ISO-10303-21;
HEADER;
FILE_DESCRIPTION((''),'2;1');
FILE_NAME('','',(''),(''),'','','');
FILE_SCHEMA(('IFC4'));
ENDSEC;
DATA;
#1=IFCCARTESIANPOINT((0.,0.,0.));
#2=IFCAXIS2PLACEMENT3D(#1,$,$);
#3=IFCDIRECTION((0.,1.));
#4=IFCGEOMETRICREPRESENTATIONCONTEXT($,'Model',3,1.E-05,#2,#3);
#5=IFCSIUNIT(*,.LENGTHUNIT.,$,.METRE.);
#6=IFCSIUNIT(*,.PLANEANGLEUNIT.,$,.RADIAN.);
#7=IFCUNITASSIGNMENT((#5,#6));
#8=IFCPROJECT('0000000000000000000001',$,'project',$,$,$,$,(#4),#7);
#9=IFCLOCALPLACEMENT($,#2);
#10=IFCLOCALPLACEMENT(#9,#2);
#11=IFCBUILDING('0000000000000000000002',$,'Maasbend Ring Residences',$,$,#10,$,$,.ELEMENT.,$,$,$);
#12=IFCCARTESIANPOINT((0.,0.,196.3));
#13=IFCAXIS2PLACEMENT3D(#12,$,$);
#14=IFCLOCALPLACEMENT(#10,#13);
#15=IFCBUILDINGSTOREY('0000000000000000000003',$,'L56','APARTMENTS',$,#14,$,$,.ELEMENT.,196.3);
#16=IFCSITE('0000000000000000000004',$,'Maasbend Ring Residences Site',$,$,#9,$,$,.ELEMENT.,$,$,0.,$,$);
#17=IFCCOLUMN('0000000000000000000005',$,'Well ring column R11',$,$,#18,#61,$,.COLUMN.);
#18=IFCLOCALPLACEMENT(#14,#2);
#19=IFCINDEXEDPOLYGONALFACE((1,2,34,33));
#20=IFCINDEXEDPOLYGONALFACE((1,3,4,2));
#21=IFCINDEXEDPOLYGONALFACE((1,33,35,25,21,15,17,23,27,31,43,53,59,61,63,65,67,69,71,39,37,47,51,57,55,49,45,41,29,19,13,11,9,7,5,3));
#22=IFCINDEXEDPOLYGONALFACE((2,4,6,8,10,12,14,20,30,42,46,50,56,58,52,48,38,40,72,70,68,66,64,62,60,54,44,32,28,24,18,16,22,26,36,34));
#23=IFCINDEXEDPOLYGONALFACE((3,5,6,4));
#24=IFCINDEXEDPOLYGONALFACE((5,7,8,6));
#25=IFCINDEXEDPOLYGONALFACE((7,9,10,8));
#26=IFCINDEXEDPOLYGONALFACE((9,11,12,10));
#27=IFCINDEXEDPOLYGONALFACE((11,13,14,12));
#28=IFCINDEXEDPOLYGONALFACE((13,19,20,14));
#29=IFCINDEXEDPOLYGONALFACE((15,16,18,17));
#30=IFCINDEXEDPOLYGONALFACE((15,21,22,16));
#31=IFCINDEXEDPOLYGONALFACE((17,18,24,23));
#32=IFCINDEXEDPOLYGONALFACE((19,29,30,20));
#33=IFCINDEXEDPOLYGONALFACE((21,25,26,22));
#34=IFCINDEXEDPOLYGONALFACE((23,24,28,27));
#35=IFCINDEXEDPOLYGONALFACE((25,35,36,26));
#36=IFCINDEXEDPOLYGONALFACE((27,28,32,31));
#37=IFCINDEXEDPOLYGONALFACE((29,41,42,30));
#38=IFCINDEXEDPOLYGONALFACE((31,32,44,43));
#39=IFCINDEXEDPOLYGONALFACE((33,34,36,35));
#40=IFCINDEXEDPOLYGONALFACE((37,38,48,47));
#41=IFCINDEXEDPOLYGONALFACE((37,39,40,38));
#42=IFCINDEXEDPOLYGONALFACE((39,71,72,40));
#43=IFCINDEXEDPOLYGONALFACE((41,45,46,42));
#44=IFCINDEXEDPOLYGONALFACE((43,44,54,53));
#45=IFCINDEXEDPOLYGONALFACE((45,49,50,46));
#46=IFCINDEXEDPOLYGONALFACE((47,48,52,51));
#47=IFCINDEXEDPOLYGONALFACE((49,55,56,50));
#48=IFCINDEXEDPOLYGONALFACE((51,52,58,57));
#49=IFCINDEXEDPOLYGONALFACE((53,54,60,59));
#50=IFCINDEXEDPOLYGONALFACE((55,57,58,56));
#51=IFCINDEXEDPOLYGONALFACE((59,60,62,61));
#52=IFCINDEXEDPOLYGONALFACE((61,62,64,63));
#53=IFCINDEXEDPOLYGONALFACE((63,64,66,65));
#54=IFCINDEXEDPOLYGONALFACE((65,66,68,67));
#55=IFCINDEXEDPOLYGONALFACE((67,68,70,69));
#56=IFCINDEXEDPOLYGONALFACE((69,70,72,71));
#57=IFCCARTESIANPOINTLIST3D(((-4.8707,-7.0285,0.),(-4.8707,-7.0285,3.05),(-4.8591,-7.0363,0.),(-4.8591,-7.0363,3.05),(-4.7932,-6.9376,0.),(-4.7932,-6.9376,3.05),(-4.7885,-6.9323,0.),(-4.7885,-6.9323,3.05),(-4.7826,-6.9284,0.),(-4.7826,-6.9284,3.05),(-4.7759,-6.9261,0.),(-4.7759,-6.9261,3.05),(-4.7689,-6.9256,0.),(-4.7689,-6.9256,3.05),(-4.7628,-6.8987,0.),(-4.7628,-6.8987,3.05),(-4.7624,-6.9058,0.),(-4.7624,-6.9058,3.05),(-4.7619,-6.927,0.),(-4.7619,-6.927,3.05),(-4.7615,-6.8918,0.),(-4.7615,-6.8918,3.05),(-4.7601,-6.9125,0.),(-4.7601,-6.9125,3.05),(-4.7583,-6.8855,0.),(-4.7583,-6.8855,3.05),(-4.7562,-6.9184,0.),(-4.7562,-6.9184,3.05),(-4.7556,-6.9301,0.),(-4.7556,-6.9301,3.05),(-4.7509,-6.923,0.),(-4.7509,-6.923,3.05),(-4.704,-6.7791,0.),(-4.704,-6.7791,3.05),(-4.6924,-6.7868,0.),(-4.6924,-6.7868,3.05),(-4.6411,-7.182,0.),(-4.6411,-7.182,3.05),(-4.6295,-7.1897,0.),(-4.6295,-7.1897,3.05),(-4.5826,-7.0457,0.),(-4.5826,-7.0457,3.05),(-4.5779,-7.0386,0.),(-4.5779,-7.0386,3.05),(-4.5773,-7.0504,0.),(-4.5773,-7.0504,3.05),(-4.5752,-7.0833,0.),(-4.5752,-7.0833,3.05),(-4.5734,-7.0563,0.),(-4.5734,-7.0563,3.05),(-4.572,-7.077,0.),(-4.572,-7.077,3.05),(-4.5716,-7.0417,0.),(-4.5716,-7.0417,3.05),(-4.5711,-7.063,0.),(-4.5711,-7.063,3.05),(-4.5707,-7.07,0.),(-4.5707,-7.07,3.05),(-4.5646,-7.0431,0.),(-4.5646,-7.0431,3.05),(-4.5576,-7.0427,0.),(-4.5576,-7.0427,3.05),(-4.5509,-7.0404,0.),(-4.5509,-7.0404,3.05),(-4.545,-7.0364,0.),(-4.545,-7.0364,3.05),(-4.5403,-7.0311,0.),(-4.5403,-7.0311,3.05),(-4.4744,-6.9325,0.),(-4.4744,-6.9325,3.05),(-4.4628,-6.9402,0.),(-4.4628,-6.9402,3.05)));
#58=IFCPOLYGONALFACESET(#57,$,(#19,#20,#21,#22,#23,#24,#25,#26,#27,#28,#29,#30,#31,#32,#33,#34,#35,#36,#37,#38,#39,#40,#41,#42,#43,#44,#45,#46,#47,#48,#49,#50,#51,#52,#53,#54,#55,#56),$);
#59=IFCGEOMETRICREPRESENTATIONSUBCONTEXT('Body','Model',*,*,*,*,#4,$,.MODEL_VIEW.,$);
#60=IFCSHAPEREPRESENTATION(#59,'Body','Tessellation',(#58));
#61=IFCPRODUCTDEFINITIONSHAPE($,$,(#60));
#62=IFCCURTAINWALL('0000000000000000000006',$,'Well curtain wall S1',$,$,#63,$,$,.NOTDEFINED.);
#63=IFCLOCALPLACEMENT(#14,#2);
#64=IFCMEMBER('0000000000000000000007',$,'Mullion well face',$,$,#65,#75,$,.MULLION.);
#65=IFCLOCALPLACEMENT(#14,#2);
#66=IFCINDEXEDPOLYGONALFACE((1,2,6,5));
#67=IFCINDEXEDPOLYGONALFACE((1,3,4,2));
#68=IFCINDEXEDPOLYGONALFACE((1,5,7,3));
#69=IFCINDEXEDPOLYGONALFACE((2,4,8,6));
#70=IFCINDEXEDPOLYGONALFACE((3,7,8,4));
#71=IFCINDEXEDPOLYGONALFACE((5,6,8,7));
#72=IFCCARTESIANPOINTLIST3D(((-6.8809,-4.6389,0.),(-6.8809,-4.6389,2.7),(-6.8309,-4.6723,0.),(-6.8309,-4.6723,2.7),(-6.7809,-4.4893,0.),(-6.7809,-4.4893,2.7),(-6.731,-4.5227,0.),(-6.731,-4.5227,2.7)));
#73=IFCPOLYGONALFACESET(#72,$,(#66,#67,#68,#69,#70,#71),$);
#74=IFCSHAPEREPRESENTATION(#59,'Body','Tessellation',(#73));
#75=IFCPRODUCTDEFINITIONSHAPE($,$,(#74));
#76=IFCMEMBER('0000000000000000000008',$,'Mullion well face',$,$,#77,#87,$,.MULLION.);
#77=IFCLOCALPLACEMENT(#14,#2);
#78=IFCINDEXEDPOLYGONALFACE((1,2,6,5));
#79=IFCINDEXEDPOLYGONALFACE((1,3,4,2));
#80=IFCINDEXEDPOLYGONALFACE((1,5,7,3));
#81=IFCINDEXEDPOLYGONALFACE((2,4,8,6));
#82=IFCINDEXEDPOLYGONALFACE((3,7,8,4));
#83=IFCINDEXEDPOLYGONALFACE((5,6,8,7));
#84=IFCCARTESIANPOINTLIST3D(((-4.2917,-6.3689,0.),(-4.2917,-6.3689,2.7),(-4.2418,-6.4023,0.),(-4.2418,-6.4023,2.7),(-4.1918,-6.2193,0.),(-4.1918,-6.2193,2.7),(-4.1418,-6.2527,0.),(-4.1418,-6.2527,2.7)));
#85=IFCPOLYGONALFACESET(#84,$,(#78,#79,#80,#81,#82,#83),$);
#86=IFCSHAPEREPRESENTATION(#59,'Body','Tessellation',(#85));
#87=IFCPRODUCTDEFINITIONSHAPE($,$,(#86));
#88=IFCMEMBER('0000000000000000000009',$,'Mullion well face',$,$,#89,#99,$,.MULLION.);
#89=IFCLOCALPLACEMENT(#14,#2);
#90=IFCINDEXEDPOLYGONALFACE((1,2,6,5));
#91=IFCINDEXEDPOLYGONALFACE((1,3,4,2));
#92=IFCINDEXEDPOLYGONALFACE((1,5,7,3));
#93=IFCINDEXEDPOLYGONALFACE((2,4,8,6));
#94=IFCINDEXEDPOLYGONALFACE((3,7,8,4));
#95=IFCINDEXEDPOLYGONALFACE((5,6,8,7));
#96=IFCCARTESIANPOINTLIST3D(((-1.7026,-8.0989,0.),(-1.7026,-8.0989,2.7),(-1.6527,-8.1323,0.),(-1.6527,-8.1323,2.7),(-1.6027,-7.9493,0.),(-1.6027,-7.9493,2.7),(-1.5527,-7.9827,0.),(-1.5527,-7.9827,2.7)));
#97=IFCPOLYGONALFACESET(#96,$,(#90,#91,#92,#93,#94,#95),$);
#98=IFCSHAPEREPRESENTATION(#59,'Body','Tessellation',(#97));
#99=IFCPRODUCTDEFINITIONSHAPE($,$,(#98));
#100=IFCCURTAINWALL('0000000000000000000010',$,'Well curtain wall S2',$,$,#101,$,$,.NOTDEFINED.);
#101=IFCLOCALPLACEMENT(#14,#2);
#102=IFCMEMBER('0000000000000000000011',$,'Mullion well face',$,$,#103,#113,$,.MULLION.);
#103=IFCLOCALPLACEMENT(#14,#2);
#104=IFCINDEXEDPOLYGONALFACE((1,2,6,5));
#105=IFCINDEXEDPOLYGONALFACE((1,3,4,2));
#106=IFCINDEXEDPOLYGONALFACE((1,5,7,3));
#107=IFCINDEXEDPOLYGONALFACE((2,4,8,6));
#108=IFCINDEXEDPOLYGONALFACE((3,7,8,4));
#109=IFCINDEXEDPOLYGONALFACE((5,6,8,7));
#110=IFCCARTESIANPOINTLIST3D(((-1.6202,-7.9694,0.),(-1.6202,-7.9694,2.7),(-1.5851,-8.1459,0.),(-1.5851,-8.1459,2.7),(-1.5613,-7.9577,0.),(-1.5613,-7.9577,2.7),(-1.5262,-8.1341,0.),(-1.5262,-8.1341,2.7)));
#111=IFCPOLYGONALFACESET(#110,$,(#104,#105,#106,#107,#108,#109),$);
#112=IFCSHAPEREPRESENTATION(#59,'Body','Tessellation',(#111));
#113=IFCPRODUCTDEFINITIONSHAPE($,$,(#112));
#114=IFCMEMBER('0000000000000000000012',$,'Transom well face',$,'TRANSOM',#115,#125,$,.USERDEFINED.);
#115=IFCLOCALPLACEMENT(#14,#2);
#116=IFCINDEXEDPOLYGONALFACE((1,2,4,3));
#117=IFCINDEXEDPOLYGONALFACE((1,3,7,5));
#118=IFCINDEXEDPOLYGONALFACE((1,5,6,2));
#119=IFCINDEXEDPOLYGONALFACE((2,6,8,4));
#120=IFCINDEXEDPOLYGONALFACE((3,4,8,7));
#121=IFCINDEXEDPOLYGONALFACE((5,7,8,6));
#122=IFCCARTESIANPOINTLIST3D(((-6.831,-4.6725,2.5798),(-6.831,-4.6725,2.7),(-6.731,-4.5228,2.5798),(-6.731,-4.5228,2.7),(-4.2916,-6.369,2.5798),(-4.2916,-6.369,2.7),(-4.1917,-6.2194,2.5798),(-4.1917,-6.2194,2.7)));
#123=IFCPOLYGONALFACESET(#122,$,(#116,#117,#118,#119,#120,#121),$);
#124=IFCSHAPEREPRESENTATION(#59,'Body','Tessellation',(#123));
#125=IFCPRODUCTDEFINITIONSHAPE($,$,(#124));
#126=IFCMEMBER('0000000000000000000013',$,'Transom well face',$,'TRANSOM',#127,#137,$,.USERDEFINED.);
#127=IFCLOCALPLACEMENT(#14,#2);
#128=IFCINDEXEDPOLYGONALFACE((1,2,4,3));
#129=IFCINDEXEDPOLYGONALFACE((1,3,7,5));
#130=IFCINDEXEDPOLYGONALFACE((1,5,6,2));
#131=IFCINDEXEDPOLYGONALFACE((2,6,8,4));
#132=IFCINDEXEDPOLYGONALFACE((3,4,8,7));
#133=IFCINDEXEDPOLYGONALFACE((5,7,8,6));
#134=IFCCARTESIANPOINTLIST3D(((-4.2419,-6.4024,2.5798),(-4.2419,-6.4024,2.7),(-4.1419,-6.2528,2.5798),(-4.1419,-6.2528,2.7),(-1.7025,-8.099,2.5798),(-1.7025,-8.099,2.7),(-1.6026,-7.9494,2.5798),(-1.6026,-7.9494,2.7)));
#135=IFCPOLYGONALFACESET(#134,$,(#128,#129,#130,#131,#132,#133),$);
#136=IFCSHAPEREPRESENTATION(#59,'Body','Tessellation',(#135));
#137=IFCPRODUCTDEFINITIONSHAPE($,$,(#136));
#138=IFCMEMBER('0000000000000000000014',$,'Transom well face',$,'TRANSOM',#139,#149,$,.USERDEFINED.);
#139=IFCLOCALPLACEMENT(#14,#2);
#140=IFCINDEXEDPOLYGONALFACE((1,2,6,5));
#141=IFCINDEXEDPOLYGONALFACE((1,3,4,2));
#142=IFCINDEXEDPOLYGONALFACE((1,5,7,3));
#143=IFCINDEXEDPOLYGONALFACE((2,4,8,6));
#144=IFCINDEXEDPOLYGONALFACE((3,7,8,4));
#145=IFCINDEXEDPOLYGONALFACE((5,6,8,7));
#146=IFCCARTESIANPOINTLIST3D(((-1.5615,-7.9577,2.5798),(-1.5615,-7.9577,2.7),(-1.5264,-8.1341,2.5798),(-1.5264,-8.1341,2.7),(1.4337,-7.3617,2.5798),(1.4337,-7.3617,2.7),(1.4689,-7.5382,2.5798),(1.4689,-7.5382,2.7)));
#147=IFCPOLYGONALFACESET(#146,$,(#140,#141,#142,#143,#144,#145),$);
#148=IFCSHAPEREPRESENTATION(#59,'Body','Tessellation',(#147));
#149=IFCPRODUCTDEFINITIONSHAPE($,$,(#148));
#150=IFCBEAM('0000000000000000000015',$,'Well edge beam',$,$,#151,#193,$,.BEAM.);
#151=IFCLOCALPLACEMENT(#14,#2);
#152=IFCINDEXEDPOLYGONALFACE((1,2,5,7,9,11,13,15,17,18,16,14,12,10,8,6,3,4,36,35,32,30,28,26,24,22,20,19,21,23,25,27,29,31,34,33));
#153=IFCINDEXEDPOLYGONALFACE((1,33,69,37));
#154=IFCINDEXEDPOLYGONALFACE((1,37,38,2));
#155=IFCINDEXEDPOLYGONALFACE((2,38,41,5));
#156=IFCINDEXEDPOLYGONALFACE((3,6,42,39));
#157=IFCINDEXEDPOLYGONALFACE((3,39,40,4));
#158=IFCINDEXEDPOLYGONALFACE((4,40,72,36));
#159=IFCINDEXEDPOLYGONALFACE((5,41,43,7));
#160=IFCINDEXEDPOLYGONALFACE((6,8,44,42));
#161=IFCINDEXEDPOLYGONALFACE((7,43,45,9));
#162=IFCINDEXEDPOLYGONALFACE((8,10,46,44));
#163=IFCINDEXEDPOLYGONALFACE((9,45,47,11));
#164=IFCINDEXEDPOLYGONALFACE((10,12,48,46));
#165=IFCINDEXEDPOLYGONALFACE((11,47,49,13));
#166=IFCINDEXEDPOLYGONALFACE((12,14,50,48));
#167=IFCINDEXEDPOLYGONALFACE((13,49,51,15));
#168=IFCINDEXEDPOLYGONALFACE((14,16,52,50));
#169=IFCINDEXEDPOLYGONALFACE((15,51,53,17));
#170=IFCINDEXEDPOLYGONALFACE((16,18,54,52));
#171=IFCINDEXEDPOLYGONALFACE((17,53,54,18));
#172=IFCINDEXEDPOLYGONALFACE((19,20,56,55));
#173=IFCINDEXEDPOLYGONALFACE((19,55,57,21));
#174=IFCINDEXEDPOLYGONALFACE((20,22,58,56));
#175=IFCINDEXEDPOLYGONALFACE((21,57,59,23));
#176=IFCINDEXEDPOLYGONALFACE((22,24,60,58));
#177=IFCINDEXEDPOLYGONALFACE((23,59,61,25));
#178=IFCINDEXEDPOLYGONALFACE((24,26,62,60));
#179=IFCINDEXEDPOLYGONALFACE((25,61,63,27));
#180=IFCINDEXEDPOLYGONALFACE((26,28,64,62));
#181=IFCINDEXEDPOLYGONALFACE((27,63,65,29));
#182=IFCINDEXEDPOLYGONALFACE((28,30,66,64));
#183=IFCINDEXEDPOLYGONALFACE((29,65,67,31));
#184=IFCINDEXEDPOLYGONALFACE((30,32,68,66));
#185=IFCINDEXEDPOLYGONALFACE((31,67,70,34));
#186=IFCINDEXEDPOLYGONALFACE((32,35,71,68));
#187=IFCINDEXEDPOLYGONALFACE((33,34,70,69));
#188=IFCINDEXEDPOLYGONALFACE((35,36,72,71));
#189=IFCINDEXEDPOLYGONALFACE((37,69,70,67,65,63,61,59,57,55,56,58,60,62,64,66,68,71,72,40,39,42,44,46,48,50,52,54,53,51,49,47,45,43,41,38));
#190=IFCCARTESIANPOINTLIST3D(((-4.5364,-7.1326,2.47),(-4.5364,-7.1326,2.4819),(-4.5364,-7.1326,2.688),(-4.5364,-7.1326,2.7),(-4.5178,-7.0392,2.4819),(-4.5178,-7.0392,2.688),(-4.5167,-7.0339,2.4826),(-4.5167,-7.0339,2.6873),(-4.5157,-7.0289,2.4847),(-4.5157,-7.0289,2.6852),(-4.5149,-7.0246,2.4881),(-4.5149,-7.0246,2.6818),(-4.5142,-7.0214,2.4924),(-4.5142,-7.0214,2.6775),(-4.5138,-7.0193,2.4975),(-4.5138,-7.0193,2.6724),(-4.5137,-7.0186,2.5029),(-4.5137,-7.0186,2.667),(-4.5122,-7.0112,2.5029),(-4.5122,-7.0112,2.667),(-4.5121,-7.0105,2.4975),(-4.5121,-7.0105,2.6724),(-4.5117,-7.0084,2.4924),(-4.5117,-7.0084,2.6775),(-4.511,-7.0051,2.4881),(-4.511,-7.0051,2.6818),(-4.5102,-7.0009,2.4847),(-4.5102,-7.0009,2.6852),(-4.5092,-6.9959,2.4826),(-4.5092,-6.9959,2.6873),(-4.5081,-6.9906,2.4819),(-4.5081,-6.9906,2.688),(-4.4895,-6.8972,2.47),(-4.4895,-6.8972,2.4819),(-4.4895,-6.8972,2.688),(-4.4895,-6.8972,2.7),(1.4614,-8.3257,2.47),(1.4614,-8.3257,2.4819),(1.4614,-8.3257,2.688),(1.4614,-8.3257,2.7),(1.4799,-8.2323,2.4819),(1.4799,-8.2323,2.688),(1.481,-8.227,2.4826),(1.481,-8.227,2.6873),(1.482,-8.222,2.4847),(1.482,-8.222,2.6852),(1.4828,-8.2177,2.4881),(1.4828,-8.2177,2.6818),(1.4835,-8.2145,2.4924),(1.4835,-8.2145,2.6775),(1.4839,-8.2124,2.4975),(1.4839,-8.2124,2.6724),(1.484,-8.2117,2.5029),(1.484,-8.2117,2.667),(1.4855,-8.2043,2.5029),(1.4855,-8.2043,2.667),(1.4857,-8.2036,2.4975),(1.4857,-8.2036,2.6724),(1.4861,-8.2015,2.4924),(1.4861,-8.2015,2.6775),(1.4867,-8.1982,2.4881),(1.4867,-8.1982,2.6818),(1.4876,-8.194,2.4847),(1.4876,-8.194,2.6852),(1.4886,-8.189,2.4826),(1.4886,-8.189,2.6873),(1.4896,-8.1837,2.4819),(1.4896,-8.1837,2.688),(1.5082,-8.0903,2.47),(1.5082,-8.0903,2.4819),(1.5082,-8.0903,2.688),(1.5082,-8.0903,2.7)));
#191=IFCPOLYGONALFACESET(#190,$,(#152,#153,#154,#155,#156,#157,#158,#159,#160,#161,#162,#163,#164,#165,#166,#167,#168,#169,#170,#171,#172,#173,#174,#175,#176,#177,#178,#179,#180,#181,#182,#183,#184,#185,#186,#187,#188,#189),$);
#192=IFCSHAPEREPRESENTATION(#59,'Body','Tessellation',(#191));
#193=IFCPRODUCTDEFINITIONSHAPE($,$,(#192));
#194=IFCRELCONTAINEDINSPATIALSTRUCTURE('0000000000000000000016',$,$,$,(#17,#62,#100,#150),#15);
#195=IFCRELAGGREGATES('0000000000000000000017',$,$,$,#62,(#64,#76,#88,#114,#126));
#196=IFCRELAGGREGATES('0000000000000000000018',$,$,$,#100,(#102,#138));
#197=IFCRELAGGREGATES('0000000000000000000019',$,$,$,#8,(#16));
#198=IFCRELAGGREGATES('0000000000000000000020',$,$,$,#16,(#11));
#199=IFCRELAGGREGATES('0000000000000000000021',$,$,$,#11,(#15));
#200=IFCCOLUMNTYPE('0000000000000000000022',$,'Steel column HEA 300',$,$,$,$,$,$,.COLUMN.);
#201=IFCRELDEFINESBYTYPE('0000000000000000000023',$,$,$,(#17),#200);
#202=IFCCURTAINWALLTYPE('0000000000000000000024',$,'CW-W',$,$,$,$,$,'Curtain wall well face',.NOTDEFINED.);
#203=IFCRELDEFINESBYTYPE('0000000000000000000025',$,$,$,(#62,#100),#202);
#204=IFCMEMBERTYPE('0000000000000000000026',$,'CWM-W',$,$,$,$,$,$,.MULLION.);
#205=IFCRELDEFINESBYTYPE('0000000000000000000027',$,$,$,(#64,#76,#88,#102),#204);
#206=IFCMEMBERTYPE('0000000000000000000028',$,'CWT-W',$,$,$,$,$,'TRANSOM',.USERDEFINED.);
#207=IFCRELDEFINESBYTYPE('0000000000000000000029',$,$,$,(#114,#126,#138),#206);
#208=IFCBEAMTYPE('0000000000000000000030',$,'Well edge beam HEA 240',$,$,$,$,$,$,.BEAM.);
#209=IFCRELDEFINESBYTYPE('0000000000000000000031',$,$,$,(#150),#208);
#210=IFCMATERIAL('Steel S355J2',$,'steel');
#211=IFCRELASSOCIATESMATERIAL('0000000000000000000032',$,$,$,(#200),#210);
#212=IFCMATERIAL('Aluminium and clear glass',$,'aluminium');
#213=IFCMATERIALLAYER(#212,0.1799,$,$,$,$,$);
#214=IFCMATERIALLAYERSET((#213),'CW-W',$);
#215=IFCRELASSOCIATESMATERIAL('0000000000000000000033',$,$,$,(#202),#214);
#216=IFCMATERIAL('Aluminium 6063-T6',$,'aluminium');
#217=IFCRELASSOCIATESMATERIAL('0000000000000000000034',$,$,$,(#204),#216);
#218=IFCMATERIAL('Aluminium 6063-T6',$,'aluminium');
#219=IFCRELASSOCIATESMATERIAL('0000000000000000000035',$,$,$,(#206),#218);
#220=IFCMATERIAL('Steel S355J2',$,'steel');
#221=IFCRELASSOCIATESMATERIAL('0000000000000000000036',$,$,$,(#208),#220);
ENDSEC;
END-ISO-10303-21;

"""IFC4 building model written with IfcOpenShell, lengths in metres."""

from ifc_helpers import new_model, si_unit, direction, frame, origin, origin_2d, place, context, subcontext, project, spatial, rectangle, i_section, extrude, material, layer, layer_set, material_profile, profile_set, type_object, element, aggregate, save


model = new_model("IFC4")

# Units and contexts
model_context = context("Model", 3, precision=1e-05, world=origin(), true_north=direction((0.0, 1.0)))
body_context = subcontext(model_context, "Body", "Model", "MODEL_VIEW")
ifc_project = project(units=[si_unit("LENGTHUNIT", "METRE"), si_unit("PLANEANGLEUNIT", "RADIAN")], contexts=[model_context])

# Site, building, storey
site_placement = place(None, origin())
site = spatial("IfcSite", under=ifc_project, at=site_placement, Name="Maasbend Ring Residences Site", CompositionType="ELEMENT", RefElevation=0.0)
building_placement = place(site_placement, origin())
building = spatial("IfcBuilding", under=site, at=building_placement, Name="Maasbend Ring Residences", CompositionType="ELEMENT")
storey_placement = place(building_placement, frame((0.0, 0.0, 196.3)))
storey = spatial("IfcBuildingStorey", under=building, at=storey_placement, Name="L56", Description="APARTMENTS", CompositionType="ELEMENT", Elevation=196.3)

# Column
ifc_material_1 = material(Name="Steel S355J2", Category="steel")
ifc_material_profile_1 = material_profile(ifc_material_1, i_section(OverallWidth=0.3, OverallDepth=0.29, WebThickness=0.0085, FlangeThickness=0.0139, FilletRadius=0.0271, at=origin_2d()), Name="HEA 300")
ifc_profile_set_1 = profile_set([ifc_material_profile_1], Name="Steel S355J2")
column_type = type_object("IfcColumnType", Name="Steel column HEA 300", PredefinedType="COLUMN", material=ifc_profile_set_1)
column_placement = place(storey_placement, frame((-4.6667, -6.9844, 0.0), z_axis=(0.0, 0.0, 1.0), x_axis=(-0.55557, -0.83147, 0.0)))
element("IfcColumn", 1, at=column_placement, inside=storey, type_object=column_type, Name="Well ring column R11", PredefinedType="COLUMN", context=body_context, shape_type="SweptSolid", body=[
    extrude(i_section(OverallWidth=0.3, OverallDepth=0.29, WebThickness=0.0085, FlangeThickness=0.0139, FilletRadius=0.0271, at=origin_2d()), origin(), (0.0, 0.0, 1.0), 3.05),
])

# Curtain wall, members
ifc_material_2 = material(Name="Aluminium and clear glass", Category="aluminium")
ifc_layer_1 = layer(ifc_material_2, 0.1799)
ifc_layer_set_1 = layer_set([ifc_layer_1], Name="CW-W")
curtain_wall_type = type_object("IfcCurtainWallType", Name="CW-W", ElementType="Curtain wall well face", PredefinedType="NOTDEFINED", material=ifc_layer_set_1)
curtain_wall_1_placement = place(storey_placement, origin())
curtain_wall_1 = element("IfcCurtainWall", 2, at=curtain_wall_1_placement, inside=storey, type_object=curtain_wall_type, Name="Well curtain wall S1", PredefinedType="NOTDEFINED")
ifc_material_3 = material(Name="Aluminium 6063-T6", Category="aluminium")
ifc_material_profile_2 = material_profile(ifc_material_3, rectangle(XDim=0.1799, YDim=0.0601, at=origin_2d()), Name="AL 180x60")
ifc_profile_set_2 = profile_set([ifc_material_profile_2], Name="Aluminium 6063-T6")
member_type_1 = type_object("IfcMemberType", Name="CWM-W", PredefinedType="MULLION", material=ifc_profile_set_2)
member_1_placement = place(storey_placement, frame((-6.8059, -4.5808, 0.0), z_axis=(0.0, 0.0, 1.0), x_axis=(0.55557, 0.83147, 0.0)))
member_1 = element("IfcMember", 3, at=member_1_placement, type_object=member_type_1, Name="Mullion well face", PredefinedType="MULLION", context=body_context, shape_type="SweptSolid", body=[
    extrude(rectangle(XDim=0.1799, YDim=0.0601, at=origin_2d()), origin(), (0.0, 0.0, 1.0), 2.7),
])
member_2_placement = place(storey_placement, frame((-4.2168, -6.3108, 0.0), z_axis=(0.0, 0.0, 1.0), x_axis=(0.55557, 0.83147, 0.0)))
member_2 = element("IfcMember", 4, at=member_2_placement, type_object=member_type_1, Name="Mullion well face", PredefinedType="MULLION", context=body_context, shape_type="SweptSolid", body=[
    extrude(rectangle(XDim=0.1799, YDim=0.0601, at=origin_2d()), origin(), (0.0, 0.0, 1.0), 2.7),
])
member_3_placement = place(storey_placement, frame((-1.6277, -8.0408, 0.0), z_axis=(0.0, 0.0, 1.0), x_axis=(0.55557, 0.83147, 0.0)))
member_3 = element("IfcMember", 5, at=member_3_placement, type_object=member_type_1, Name="Mullion well face", PredefinedType="MULLION", context=body_context, shape_type="SweptSolid", body=[
    extrude(rectangle(XDim=0.1799, YDim=0.0601, at=origin_2d()), origin(), (0.0, 0.0, 1.0), 2.7),
])

# Curtain wall, member
curtain_wall_2_placement = place(storey_placement, origin())
curtain_wall_2 = element("IfcCurtainWall", 6, at=curtain_wall_2_placement, inside=storey, type_object=curtain_wall_type, Name="Well curtain wall S2", PredefinedType="NOTDEFINED")
member_4_placement = place(storey_placement, frame((-1.5732, -8.0518, 0.0), z_axis=(0.0, 0.0, 1.0), x_axis=(-0.19509, 0.980785, 0.0)))
member_4 = element("IfcMember", 7, at=member_4_placement, type_object=member_type_1, Name="Mullion well face", PredefinedType="MULLION", context=body_context, shape_type="SweptSolid", body=[
    extrude(rectangle(XDim=0.1799, YDim=0.0601, at=origin_2d()), origin(), (0.0, 0.0, 1.0), 2.7),
])

# Members
ifc_material_4 = material(Name="Aluminium 6063-T6", Category="aluminium")
ifc_material_profile_3 = material_profile(ifc_material_4, rectangle(XDim=0.1799, YDim=0.1201, at=origin_2d()), Name="AL 180x120")
ifc_profile_set_3 = profile_set([ifc_material_profile_3], Name="Aluminium 6063-T6")
member_type_2 = type_object("IfcMemberType", Name="CWT-W", ElementType="TRANSOM", PredefinedType="USERDEFINED", material=ifc_profile_set_3)
member_5_placement = place(storey_placement, frame((-6.781, -4.5977, 2.6399), z_axis=(0.831496, -0.55553, 0.0), x_axis=(0.55553, 0.831496, 0.0)))
member_5 = element("IfcMember", 8, at=member_5_placement, type_object=member_type_2, Name="Transom well face", ObjectType="TRANSOM", PredefinedType="USERDEFINED", context=body_context, shape_type="SweptSolid", body=[
    extrude(rectangle(XDim=0.1799, YDim=0.1201, at=origin_2d()), origin(), (0.0, 0.0, 1.0), 3.054),
])
member_6_placement = place(storey_placement, frame((-4.1919, -6.3276, 2.6399), z_axis=(0.831496, -0.55553, 0.0), x_axis=(0.55553, 0.831496, 0.0)))
member_6 = element("IfcMember", 9, at=member_6_placement, type_object=member_type_2, Name="Transom well face", ObjectType="TRANSOM", PredefinedType="USERDEFINED", context=body_context, shape_type="SweptSolid", body=[
    extrude(rectangle(XDim=0.1799, YDim=0.1201, at=origin_2d()), origin(), (0.0, 0.0, 1.0), 3.054),
])
member_7_placement = place(storey_placement, frame((-1.5439, -8.0459, 2.6399), z_axis=(0.980777, 0.195132, 0.0), x_axis=(-0.195132, 0.980777, 0.0)))
member_7 = element("IfcMember", 10, at=member_7_placement, type_object=member_type_2, Name="Transom well face", ObjectType="TRANSOM", PredefinedType="USERDEFINED", context=body_context, shape_type="SweptSolid", body=[
    extrude(rectangle(XDim=0.1799, YDim=0.1201, at=origin_2d()), origin(), (0.0, 0.0, 1.0), 3.054),
])

# Beam
ifc_material_5 = material(Name="Steel S355J2", Category="steel")
ifc_material_profile_4 = material_profile(ifc_material_5, i_section(OverallWidth=0.24, OverallDepth=0.23, WebThickness=0.0076, FlangeThickness=0.012, FilletRadius=0.021, at=origin_2d()), Name="HEA 240")
ifc_profile_set_4 = profile_set([ifc_material_profile_4], Name="Steel S355J2")
beam_type = type_object("IfcBeamType", Name="Well edge beam HEA 240", PredefinedType="BEAM", material=ifc_profile_set_4)
beam_placement = place(storey_placement, frame((-4.5129, -7.0149, 2.585), z_axis=(0.980783, -0.195103, 0.0), x_axis=(0.195103, 0.980783, 0.0)))
element("IfcBeam", 11, at=beam_placement, inside=storey, type_object=beam_type, Name="Well edge beam", PredefinedType="BEAM", context=body_context, shape_type="SweptSolid", body=[
    extrude(i_section(OverallWidth=0.24, OverallDepth=0.23, WebThickness=0.0076, FlangeThickness=0.012, FilletRadius=0.021, at=origin_2d()), origin(), (0.0, 0.0, 1.0), 6.1152),
])

aggregate(curtain_wall_1, [member_1, member_2, member_3, member_5, member_6])
aggregate(curtain_wall_2, [member_4, member_7])

save(model, "model.ifc")
